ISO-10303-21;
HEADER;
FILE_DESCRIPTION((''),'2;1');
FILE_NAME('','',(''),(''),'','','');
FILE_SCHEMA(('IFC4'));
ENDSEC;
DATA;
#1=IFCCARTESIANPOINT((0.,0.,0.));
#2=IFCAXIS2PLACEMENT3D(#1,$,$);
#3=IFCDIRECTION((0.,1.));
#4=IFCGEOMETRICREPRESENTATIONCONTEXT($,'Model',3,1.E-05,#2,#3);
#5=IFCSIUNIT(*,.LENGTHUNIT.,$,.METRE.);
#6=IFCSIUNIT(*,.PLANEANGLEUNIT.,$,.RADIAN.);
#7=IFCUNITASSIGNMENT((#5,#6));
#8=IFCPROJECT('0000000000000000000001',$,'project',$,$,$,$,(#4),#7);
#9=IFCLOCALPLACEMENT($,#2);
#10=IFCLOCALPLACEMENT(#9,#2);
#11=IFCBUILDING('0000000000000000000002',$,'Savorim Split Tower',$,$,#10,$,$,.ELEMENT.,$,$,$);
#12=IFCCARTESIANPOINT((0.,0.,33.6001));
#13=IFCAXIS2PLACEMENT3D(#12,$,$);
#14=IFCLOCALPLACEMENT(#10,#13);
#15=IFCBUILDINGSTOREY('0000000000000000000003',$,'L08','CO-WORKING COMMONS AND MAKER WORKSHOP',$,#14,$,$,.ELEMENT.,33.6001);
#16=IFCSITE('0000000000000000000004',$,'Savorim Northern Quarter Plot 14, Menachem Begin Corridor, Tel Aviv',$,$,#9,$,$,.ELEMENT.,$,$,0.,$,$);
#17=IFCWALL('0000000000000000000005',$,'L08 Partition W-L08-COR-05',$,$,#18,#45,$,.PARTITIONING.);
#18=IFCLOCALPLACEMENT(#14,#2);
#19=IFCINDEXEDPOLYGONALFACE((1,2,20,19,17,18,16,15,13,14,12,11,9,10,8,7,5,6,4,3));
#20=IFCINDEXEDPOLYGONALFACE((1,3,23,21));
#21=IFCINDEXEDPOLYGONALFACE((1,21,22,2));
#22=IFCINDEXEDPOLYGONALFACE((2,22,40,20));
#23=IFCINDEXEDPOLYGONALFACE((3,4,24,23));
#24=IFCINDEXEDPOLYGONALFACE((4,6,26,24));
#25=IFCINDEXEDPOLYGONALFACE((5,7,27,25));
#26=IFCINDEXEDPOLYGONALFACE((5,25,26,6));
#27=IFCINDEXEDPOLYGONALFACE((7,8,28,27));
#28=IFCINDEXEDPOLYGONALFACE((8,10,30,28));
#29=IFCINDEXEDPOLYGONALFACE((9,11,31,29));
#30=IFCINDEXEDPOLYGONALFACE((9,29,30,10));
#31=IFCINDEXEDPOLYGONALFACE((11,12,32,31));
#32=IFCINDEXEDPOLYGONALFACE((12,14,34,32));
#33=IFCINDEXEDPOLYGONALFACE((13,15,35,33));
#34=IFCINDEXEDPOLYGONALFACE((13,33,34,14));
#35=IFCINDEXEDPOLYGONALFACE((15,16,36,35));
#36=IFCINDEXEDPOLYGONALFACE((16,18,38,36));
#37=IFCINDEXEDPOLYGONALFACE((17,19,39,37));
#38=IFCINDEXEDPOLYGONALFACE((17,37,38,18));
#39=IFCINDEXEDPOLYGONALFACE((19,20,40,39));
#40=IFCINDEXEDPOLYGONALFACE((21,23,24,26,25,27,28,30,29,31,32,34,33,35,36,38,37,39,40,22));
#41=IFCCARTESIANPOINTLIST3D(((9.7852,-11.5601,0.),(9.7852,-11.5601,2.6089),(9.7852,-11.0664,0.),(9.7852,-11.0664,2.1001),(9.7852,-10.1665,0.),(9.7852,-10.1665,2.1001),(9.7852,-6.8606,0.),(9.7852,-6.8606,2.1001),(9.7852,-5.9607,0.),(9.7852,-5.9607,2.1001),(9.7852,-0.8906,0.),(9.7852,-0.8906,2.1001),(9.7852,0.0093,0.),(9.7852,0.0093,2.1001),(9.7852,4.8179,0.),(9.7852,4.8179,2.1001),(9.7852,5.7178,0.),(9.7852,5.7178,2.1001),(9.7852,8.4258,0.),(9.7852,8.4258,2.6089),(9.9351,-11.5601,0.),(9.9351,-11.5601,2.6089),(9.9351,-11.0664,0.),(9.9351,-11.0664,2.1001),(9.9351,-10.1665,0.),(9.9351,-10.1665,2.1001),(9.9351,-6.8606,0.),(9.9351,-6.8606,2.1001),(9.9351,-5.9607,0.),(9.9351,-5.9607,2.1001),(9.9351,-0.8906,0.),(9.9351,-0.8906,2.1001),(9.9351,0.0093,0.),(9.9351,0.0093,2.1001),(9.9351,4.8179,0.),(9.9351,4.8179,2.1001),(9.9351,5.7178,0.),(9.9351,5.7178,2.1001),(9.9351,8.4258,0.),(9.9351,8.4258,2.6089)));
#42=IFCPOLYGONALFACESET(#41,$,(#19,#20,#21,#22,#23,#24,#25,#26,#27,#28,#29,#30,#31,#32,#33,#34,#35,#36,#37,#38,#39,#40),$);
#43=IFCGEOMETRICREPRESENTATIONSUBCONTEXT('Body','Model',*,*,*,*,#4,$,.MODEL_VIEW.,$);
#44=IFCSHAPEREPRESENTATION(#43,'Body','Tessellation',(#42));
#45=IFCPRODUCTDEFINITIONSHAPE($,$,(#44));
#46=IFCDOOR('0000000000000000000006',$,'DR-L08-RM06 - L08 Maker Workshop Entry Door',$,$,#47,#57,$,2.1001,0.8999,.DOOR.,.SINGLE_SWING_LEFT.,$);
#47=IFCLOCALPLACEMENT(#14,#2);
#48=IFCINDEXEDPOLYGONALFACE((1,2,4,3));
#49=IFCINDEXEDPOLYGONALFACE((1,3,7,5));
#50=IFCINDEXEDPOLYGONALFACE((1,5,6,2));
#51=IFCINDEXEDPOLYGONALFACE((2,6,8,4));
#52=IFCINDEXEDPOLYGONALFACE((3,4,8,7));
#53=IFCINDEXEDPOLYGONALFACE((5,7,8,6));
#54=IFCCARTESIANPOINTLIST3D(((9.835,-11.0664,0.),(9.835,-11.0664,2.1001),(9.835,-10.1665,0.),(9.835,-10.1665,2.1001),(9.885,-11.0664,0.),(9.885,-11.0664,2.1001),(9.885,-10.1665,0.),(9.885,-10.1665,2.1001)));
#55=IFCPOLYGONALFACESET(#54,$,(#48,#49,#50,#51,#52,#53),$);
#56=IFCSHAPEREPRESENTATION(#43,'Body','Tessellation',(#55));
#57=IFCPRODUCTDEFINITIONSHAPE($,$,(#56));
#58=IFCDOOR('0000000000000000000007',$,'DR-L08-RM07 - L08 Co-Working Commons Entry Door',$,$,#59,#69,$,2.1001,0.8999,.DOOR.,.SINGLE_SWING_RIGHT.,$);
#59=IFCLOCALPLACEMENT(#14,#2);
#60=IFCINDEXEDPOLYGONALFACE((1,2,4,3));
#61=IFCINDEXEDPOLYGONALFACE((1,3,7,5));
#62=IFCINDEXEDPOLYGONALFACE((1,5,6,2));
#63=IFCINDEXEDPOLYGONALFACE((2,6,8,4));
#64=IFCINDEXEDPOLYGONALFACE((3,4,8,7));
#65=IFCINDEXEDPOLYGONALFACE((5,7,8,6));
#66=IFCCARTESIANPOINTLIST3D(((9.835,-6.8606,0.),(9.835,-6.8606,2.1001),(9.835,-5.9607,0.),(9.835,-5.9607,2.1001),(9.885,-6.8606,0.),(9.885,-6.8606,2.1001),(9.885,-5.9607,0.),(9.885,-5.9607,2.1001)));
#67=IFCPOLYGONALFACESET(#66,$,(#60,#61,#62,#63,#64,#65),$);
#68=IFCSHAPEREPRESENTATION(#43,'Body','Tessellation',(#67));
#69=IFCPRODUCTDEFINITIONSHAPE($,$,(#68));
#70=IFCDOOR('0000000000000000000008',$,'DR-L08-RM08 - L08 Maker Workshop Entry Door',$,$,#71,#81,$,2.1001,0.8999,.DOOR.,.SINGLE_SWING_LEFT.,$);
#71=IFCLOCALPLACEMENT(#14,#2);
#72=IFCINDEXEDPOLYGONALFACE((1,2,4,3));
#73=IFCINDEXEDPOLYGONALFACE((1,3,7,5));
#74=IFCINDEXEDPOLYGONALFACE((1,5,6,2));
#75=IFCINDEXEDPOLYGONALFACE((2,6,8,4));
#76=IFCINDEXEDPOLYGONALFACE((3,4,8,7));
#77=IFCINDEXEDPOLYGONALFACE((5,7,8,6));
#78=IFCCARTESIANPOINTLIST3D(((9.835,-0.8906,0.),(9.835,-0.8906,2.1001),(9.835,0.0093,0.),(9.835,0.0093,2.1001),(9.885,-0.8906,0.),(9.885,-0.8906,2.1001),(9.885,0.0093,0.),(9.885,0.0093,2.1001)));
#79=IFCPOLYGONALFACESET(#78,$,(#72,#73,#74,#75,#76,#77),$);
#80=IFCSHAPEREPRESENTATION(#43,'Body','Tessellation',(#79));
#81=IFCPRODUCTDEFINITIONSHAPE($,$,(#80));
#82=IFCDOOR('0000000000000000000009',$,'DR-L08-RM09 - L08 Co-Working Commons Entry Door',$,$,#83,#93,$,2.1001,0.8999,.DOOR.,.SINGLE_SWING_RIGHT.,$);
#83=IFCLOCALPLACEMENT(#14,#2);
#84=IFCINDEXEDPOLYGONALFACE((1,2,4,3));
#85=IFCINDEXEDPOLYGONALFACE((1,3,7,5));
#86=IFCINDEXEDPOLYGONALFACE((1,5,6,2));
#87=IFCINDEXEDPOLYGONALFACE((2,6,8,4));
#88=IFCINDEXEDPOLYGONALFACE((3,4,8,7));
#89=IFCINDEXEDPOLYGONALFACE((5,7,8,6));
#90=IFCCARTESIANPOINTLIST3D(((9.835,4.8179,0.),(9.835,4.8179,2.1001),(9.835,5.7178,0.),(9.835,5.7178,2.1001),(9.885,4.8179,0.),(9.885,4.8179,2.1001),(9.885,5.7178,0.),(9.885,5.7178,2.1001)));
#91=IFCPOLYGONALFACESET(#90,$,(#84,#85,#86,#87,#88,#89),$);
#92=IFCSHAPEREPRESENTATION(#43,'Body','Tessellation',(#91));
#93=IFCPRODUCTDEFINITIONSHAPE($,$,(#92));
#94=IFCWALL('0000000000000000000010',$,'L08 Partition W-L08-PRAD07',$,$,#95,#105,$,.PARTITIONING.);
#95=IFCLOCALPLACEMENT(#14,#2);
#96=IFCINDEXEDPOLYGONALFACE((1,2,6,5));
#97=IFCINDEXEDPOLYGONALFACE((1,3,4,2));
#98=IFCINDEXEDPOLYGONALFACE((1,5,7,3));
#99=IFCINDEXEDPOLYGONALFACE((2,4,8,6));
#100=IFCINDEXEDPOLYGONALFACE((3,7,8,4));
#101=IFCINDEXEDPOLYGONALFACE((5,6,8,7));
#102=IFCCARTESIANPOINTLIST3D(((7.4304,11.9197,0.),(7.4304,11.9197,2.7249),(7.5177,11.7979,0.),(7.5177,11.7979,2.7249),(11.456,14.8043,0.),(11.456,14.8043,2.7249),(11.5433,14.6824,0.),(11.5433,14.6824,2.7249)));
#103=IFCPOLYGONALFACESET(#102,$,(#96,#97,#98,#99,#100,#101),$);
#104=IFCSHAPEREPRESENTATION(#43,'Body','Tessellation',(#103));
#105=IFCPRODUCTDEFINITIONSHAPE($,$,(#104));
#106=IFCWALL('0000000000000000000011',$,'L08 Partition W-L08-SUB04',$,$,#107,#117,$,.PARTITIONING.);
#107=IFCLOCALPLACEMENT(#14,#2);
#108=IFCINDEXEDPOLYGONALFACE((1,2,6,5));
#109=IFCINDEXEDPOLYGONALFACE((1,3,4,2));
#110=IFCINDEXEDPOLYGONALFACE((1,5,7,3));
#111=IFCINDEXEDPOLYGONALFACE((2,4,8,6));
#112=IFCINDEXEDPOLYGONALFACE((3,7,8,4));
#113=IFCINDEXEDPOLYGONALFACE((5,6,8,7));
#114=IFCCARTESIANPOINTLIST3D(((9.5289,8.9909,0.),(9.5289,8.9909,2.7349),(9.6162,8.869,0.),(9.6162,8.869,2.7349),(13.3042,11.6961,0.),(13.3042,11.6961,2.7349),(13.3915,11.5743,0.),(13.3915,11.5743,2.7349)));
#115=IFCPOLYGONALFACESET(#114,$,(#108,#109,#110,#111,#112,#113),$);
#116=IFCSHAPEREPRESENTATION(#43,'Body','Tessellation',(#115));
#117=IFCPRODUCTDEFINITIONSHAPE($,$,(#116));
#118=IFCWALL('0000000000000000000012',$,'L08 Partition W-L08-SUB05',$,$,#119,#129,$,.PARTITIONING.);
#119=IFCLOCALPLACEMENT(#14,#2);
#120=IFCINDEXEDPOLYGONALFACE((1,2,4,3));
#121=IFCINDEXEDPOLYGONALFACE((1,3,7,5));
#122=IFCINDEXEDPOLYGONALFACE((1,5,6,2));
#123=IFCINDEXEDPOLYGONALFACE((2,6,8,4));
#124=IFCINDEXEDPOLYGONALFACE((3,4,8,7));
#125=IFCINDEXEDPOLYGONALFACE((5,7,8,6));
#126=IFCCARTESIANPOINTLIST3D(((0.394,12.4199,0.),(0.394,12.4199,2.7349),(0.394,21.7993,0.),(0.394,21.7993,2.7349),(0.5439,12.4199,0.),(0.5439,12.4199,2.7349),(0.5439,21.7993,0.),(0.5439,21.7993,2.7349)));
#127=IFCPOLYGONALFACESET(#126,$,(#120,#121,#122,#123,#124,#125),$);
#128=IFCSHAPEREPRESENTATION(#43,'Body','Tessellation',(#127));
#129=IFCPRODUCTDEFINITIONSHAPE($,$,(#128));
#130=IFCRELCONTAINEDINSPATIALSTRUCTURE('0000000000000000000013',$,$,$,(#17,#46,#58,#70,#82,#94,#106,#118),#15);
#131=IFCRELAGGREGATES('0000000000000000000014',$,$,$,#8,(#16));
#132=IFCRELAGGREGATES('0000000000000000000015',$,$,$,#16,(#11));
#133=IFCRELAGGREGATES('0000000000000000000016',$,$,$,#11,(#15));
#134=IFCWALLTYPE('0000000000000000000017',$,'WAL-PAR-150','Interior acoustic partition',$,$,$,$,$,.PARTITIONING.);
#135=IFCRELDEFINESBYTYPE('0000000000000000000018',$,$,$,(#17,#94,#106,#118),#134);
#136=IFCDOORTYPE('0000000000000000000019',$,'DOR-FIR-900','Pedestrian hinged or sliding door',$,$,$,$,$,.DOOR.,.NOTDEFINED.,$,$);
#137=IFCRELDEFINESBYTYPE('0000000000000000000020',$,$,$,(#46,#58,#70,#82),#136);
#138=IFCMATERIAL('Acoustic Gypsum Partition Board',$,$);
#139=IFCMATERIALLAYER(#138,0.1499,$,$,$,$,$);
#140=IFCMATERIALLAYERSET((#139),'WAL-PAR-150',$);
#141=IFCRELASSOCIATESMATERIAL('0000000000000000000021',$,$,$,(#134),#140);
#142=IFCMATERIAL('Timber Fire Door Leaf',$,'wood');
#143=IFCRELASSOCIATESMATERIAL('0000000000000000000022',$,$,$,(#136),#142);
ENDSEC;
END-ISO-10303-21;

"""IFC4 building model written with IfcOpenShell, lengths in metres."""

from ifc_helpers import new_model, si_unit, direction, frame, frame_2d, origin, place, context, subcontext, project, spatial, rectangle, extrude, material, layer, layer_set, type_object, element, fill, save


model = new_model("IFC4")

# Units and contexts
model_context = context("Model", 3, precision=1e-05, world=origin(), true_north=direction((0.0, 1.0)))
body_context = subcontext(model_context, "Body", "Model", "MODEL_VIEW")
ifc_project = project(units=[si_unit("LENGTHUNIT", "METRE"), si_unit("PLANEANGLEUNIT", "RADIAN")], contexts=[model_context])

# Site, building, storey
site_placement = place(None, origin())
site = spatial("IfcSite", under=ifc_project, at=site_placement, Name="Savorim Northern Quarter Plot 14, Menachem Begin Corridor, Tel Aviv", CompositionType="ELEMENT", RefElevation=0.0)
building_placement = place(site_placement, origin())
building = spatial("IfcBuilding", under=site, at=building_placement, Name="Savorim Split Tower", CompositionType="ELEMENT")
storey_placement = place(building_placement, frame((0.0, 0.0, 33.6001)))
storey = spatial("IfcBuildingStorey", under=building, at=storey_placement, Name="L08", Description="CO-WORKING COMMONS AND MAKER WORKSHOP", CompositionType="ELEMENT", Elevation=33.6001)

# Shared definitions
ifc_material_1 = material(Name="Timber Fire Door Leaf", Category="wood")

# Shared definitions
ifc_material_2 = material(Name="Acoustic Gypsum Partition Board")
ifc_layer_1 = layer(ifc_material_2, 0.1499)
ifc_layer_set_1 = layer_set([ifc_layer_1], Name="WAL-PAR-150")
wall_type_1 = type_object("IfcWallType", Name="WAL-PAR-150", Description="Interior acoustic partition", PredefinedType="PARTITIONING", material=ifc_layer_set_1)

# Wall, openings, doors
wall_1_placement = place(storey_placement, frame((9.8601, 8.4258, 0.0), z_axis=(0.0, 0.0, 1.0), x_axis=(0.0, -1.0, 0.0)))
wall_1 = element("IfcWall", 1, at=wall_1_placement, inside=storey, type_object=wall_type_1, Name="L08 Partition W-L08-COR-05", PredefinedType="PARTITIONING", context=body_context, shape_type="SweptSolid", body=[
    extrude(rectangle(XDim=19.9858, YDim=0.1499, at=frame_2d((9.9929, 0.0))), origin(), (0.0, 0.0, 1.0), 2.6089),
])
opening_1_placement = place(wall_1_placement, frame((18.5923, 0.0, 0.0)))
opening_1 = element("IfcOpeningElement", 2, at=opening_1_placement, cuts=wall_1, PredefinedType="OPENING", context=body_context, shape_type="SweptSolid", body=[
    extrude(rectangle(XDim=0.8999, YDim=2.1001, at=frame_2d((0.45, 1.05))), frame((0.0, 0.085, 0.0), z_axis=(0.0, -1.0, 0.0), x_axis=(1.0, 0.0, 0.0)), (0.0, 0.0, 1.0), 0.1699),
])
opening_2_placement = place(wall_1_placement, frame((14.3865, 0.0, 0.0)))
opening_2 = element("IfcOpeningElement", 3, at=opening_2_placement, cuts=wall_1, PredefinedType="OPENING", context=body_context, shape_type="SweptSolid", body=[
    extrude(rectangle(XDim=0.8999, YDim=2.1001, at=frame_2d((0.45, 1.05))), frame((0.0, 0.085, 0.0), z_axis=(0.0, -1.0, 0.0), x_axis=(1.0, 0.0, 0.0)), (0.0, 0.0, 1.0), 0.1699),
])
opening_3_placement = place(wall_1_placement, frame((8.4165, 0.0, 0.0)))
opening_3 = element("IfcOpeningElement", 4, at=opening_3_placement, cuts=wall_1, PredefinedType="OPENING", context=body_context, shape_type="SweptSolid", body=[
    extrude(rectangle(XDim=0.8999, YDim=2.1001, at=frame_2d((0.45, 1.05))), frame((0.0, 0.085, 0.0), z_axis=(0.0, -1.0, 0.0), x_axis=(1.0, 0.0, 0.0)), (0.0, 0.0, 1.0), 0.1699),
])
opening_4_placement = place(wall_1_placement, frame((2.708, 0.0, 0.0)))
opening_4 = element("IfcOpeningElement", 5, at=opening_4_placement, cuts=wall_1, PredefinedType="OPENING", context=body_context, shape_type="SweptSolid", body=[
    extrude(rectangle(XDim=0.8999, YDim=2.1001, at=frame_2d((0.45, 1.05))), frame((0.0, 0.085, 0.0), z_axis=(0.0, -1.0, 0.0), x_axis=(1.0, 0.0, 0.0)), (0.0, 0.0, 1.0), 0.1699),
])
door_type_1 = type_object("IfcDoorType", Name="DOR-FIR-900", Description="Pedestrian hinged or sliding door", OperationType="NOTDEFINED", PredefinedType="DOOR", material=ifc_material_1)
door_1_placement = place(opening_1_placement, origin())
door_1 = element("IfcDoor", 6, at=door_1_placement, inside=storey, type_object=door_type_1, Name="DR-L08-RM06 - L08 Maker Workshop Entry Door", OperationType="SINGLE_SWING_LEFT", OverallHeight=2.1001, OverallWidth=0.8999, PredefinedType="DOOR", context=body_context, shape_type="SweptSolid", body=[
    extrude(rectangle(XDim=0.8999, YDim=2.1001, at=frame_2d((0.45, 1.05))), frame((0.0, 0.0249, 0.0), z_axis=(0.0, -1.0, 0.0), x_axis=(1.0, 0.0, 0.0)), (0.0, 0.0, 1.0), 0.05),
])
fill(opening_1, door_1)
door_2_placement = place(opening_2_placement, origin())
door_2 = element("IfcDoor", 7, at=door_2_placement, inside=storey, type_object=door_type_1, Name="DR-L08-RM07 - L08 Co-Working Commons Entry Door", OperationType="SINGLE_SWING_RIGHT", OverallHeight=2.1001, OverallWidth=0.8999, PredefinedType="DOOR", context=body_context, shape_type="SweptSolid", body=[
    extrude(rectangle(XDim=0.8999, YDim=2.1001, at=frame_2d((0.45, 1.05))), frame((0.0, 0.0249, 0.0), z_axis=(0.0, -1.0, 0.0), x_axis=(1.0, 0.0, 0.0)), (0.0, 0.0, 1.0), 0.05),
])
fill(opening_2, door_2)
door_3_placement = place(opening_3_placement, origin())
door_3 = element("IfcDoor", 8, at=door_3_placement, inside=storey, type_object=door_type_1, Name="DR-L08-RM08 - L08 Maker Workshop Entry Door", OperationType="SINGLE_SWING_LEFT", OverallHeight=2.1001, OverallWidth=0.8999, PredefinedType="DOOR", context=body_context, shape_type="SweptSolid", body=[
    extrude(rectangle(XDim=0.8999, YDim=2.1001, at=frame_2d((0.45, 1.05))), frame((0.0, 0.0249, 0.0), z_axis=(0.0, -1.0, 0.0), x_axis=(1.0, 0.0, 0.0)), (0.0, 0.0, 1.0), 0.05),
])
fill(opening_3, door_3)
door_4_placement = place(opening_4_placement, origin())
door_4 = element("IfcDoor", 9, at=door_4_placement, inside=storey, type_object=door_type_1, Name="DR-L08-RM09 - L08 Co-Working Commons Entry Door", OperationType="SINGLE_SWING_RIGHT", OverallHeight=2.1001, OverallWidth=0.8999, PredefinedType="DOOR", context=body_context, shape_type="SweptSolid", body=[
    extrude(rectangle(XDim=0.8999, YDim=2.1001, at=frame_2d((0.45, 1.05))), frame((0.0, 0.0249, 0.0), z_axis=(0.0, -1.0, 0.0), x_axis=(1.0, 0.0, 0.0)), (0.0, 0.0, 1.0), 0.05),
])
fill(opening_4, door_4)

# Walls
wall_2_placement = place(storey_placement, frame((7.4741, 11.8589, 0.0), z_axis=(0.0, 0.0, 1.0), x_axis=(0.812867, 0.58245, 0.0)))
element("IfcWall", 10, at=wall_2_placement, inside=storey, type_object=wall_type_1, Name="L08 Partition W-L08-PRAD07", PredefinedType="PARTITIONING", context=body_context, shape_type="SweptSolid", body=[
    extrude(rectangle(XDim=4.9524, YDim=0.1499, at=frame_2d((2.4761, 0.0))), origin(), (0.0, 0.0, 1.0), 2.7249),
])
wall_3_placement = place(storey_placement, frame((9.5725, 8.9299, 0.0), z_axis=(0.0, 0.0, 1.0), x_axis=(0.812855, 0.582466, 0.0)))
element("IfcWall", 11, at=wall_3_placement, inside=storey, type_object=wall_type_1, Name="L08 Partition W-L08-SUB04", PredefinedType="PARTITIONING", context=body_context, shape_type="SweptSolid", body=[
    extrude(rectangle(XDim=4.6445, YDim=0.1499, at=frame_2d((2.3223, 0.0))), origin(), (0.0, 0.0, 1.0), 2.7349),
])
wall_4_placement = place(storey_placement, frame((0.469, 12.4199, 0.0), z_axis=(0.0, 0.0, 1.0), x_axis=(0.0, 1.0, 0.0)))
element("IfcWall", 12, at=wall_4_placement, inside=storey, type_object=wall_type_1, Name="L08 Partition W-L08-SUB05", PredefinedType="PARTITIONING", context=body_context, shape_type="SweptSolid", body=[
    extrude(rectangle(XDim=9.3794, YDim=0.1499, at=frame_2d((4.6897, 0.0))), origin(), (0.0, 0.0, 1.0), 2.7349),
])

save(model, "model.ifc")
